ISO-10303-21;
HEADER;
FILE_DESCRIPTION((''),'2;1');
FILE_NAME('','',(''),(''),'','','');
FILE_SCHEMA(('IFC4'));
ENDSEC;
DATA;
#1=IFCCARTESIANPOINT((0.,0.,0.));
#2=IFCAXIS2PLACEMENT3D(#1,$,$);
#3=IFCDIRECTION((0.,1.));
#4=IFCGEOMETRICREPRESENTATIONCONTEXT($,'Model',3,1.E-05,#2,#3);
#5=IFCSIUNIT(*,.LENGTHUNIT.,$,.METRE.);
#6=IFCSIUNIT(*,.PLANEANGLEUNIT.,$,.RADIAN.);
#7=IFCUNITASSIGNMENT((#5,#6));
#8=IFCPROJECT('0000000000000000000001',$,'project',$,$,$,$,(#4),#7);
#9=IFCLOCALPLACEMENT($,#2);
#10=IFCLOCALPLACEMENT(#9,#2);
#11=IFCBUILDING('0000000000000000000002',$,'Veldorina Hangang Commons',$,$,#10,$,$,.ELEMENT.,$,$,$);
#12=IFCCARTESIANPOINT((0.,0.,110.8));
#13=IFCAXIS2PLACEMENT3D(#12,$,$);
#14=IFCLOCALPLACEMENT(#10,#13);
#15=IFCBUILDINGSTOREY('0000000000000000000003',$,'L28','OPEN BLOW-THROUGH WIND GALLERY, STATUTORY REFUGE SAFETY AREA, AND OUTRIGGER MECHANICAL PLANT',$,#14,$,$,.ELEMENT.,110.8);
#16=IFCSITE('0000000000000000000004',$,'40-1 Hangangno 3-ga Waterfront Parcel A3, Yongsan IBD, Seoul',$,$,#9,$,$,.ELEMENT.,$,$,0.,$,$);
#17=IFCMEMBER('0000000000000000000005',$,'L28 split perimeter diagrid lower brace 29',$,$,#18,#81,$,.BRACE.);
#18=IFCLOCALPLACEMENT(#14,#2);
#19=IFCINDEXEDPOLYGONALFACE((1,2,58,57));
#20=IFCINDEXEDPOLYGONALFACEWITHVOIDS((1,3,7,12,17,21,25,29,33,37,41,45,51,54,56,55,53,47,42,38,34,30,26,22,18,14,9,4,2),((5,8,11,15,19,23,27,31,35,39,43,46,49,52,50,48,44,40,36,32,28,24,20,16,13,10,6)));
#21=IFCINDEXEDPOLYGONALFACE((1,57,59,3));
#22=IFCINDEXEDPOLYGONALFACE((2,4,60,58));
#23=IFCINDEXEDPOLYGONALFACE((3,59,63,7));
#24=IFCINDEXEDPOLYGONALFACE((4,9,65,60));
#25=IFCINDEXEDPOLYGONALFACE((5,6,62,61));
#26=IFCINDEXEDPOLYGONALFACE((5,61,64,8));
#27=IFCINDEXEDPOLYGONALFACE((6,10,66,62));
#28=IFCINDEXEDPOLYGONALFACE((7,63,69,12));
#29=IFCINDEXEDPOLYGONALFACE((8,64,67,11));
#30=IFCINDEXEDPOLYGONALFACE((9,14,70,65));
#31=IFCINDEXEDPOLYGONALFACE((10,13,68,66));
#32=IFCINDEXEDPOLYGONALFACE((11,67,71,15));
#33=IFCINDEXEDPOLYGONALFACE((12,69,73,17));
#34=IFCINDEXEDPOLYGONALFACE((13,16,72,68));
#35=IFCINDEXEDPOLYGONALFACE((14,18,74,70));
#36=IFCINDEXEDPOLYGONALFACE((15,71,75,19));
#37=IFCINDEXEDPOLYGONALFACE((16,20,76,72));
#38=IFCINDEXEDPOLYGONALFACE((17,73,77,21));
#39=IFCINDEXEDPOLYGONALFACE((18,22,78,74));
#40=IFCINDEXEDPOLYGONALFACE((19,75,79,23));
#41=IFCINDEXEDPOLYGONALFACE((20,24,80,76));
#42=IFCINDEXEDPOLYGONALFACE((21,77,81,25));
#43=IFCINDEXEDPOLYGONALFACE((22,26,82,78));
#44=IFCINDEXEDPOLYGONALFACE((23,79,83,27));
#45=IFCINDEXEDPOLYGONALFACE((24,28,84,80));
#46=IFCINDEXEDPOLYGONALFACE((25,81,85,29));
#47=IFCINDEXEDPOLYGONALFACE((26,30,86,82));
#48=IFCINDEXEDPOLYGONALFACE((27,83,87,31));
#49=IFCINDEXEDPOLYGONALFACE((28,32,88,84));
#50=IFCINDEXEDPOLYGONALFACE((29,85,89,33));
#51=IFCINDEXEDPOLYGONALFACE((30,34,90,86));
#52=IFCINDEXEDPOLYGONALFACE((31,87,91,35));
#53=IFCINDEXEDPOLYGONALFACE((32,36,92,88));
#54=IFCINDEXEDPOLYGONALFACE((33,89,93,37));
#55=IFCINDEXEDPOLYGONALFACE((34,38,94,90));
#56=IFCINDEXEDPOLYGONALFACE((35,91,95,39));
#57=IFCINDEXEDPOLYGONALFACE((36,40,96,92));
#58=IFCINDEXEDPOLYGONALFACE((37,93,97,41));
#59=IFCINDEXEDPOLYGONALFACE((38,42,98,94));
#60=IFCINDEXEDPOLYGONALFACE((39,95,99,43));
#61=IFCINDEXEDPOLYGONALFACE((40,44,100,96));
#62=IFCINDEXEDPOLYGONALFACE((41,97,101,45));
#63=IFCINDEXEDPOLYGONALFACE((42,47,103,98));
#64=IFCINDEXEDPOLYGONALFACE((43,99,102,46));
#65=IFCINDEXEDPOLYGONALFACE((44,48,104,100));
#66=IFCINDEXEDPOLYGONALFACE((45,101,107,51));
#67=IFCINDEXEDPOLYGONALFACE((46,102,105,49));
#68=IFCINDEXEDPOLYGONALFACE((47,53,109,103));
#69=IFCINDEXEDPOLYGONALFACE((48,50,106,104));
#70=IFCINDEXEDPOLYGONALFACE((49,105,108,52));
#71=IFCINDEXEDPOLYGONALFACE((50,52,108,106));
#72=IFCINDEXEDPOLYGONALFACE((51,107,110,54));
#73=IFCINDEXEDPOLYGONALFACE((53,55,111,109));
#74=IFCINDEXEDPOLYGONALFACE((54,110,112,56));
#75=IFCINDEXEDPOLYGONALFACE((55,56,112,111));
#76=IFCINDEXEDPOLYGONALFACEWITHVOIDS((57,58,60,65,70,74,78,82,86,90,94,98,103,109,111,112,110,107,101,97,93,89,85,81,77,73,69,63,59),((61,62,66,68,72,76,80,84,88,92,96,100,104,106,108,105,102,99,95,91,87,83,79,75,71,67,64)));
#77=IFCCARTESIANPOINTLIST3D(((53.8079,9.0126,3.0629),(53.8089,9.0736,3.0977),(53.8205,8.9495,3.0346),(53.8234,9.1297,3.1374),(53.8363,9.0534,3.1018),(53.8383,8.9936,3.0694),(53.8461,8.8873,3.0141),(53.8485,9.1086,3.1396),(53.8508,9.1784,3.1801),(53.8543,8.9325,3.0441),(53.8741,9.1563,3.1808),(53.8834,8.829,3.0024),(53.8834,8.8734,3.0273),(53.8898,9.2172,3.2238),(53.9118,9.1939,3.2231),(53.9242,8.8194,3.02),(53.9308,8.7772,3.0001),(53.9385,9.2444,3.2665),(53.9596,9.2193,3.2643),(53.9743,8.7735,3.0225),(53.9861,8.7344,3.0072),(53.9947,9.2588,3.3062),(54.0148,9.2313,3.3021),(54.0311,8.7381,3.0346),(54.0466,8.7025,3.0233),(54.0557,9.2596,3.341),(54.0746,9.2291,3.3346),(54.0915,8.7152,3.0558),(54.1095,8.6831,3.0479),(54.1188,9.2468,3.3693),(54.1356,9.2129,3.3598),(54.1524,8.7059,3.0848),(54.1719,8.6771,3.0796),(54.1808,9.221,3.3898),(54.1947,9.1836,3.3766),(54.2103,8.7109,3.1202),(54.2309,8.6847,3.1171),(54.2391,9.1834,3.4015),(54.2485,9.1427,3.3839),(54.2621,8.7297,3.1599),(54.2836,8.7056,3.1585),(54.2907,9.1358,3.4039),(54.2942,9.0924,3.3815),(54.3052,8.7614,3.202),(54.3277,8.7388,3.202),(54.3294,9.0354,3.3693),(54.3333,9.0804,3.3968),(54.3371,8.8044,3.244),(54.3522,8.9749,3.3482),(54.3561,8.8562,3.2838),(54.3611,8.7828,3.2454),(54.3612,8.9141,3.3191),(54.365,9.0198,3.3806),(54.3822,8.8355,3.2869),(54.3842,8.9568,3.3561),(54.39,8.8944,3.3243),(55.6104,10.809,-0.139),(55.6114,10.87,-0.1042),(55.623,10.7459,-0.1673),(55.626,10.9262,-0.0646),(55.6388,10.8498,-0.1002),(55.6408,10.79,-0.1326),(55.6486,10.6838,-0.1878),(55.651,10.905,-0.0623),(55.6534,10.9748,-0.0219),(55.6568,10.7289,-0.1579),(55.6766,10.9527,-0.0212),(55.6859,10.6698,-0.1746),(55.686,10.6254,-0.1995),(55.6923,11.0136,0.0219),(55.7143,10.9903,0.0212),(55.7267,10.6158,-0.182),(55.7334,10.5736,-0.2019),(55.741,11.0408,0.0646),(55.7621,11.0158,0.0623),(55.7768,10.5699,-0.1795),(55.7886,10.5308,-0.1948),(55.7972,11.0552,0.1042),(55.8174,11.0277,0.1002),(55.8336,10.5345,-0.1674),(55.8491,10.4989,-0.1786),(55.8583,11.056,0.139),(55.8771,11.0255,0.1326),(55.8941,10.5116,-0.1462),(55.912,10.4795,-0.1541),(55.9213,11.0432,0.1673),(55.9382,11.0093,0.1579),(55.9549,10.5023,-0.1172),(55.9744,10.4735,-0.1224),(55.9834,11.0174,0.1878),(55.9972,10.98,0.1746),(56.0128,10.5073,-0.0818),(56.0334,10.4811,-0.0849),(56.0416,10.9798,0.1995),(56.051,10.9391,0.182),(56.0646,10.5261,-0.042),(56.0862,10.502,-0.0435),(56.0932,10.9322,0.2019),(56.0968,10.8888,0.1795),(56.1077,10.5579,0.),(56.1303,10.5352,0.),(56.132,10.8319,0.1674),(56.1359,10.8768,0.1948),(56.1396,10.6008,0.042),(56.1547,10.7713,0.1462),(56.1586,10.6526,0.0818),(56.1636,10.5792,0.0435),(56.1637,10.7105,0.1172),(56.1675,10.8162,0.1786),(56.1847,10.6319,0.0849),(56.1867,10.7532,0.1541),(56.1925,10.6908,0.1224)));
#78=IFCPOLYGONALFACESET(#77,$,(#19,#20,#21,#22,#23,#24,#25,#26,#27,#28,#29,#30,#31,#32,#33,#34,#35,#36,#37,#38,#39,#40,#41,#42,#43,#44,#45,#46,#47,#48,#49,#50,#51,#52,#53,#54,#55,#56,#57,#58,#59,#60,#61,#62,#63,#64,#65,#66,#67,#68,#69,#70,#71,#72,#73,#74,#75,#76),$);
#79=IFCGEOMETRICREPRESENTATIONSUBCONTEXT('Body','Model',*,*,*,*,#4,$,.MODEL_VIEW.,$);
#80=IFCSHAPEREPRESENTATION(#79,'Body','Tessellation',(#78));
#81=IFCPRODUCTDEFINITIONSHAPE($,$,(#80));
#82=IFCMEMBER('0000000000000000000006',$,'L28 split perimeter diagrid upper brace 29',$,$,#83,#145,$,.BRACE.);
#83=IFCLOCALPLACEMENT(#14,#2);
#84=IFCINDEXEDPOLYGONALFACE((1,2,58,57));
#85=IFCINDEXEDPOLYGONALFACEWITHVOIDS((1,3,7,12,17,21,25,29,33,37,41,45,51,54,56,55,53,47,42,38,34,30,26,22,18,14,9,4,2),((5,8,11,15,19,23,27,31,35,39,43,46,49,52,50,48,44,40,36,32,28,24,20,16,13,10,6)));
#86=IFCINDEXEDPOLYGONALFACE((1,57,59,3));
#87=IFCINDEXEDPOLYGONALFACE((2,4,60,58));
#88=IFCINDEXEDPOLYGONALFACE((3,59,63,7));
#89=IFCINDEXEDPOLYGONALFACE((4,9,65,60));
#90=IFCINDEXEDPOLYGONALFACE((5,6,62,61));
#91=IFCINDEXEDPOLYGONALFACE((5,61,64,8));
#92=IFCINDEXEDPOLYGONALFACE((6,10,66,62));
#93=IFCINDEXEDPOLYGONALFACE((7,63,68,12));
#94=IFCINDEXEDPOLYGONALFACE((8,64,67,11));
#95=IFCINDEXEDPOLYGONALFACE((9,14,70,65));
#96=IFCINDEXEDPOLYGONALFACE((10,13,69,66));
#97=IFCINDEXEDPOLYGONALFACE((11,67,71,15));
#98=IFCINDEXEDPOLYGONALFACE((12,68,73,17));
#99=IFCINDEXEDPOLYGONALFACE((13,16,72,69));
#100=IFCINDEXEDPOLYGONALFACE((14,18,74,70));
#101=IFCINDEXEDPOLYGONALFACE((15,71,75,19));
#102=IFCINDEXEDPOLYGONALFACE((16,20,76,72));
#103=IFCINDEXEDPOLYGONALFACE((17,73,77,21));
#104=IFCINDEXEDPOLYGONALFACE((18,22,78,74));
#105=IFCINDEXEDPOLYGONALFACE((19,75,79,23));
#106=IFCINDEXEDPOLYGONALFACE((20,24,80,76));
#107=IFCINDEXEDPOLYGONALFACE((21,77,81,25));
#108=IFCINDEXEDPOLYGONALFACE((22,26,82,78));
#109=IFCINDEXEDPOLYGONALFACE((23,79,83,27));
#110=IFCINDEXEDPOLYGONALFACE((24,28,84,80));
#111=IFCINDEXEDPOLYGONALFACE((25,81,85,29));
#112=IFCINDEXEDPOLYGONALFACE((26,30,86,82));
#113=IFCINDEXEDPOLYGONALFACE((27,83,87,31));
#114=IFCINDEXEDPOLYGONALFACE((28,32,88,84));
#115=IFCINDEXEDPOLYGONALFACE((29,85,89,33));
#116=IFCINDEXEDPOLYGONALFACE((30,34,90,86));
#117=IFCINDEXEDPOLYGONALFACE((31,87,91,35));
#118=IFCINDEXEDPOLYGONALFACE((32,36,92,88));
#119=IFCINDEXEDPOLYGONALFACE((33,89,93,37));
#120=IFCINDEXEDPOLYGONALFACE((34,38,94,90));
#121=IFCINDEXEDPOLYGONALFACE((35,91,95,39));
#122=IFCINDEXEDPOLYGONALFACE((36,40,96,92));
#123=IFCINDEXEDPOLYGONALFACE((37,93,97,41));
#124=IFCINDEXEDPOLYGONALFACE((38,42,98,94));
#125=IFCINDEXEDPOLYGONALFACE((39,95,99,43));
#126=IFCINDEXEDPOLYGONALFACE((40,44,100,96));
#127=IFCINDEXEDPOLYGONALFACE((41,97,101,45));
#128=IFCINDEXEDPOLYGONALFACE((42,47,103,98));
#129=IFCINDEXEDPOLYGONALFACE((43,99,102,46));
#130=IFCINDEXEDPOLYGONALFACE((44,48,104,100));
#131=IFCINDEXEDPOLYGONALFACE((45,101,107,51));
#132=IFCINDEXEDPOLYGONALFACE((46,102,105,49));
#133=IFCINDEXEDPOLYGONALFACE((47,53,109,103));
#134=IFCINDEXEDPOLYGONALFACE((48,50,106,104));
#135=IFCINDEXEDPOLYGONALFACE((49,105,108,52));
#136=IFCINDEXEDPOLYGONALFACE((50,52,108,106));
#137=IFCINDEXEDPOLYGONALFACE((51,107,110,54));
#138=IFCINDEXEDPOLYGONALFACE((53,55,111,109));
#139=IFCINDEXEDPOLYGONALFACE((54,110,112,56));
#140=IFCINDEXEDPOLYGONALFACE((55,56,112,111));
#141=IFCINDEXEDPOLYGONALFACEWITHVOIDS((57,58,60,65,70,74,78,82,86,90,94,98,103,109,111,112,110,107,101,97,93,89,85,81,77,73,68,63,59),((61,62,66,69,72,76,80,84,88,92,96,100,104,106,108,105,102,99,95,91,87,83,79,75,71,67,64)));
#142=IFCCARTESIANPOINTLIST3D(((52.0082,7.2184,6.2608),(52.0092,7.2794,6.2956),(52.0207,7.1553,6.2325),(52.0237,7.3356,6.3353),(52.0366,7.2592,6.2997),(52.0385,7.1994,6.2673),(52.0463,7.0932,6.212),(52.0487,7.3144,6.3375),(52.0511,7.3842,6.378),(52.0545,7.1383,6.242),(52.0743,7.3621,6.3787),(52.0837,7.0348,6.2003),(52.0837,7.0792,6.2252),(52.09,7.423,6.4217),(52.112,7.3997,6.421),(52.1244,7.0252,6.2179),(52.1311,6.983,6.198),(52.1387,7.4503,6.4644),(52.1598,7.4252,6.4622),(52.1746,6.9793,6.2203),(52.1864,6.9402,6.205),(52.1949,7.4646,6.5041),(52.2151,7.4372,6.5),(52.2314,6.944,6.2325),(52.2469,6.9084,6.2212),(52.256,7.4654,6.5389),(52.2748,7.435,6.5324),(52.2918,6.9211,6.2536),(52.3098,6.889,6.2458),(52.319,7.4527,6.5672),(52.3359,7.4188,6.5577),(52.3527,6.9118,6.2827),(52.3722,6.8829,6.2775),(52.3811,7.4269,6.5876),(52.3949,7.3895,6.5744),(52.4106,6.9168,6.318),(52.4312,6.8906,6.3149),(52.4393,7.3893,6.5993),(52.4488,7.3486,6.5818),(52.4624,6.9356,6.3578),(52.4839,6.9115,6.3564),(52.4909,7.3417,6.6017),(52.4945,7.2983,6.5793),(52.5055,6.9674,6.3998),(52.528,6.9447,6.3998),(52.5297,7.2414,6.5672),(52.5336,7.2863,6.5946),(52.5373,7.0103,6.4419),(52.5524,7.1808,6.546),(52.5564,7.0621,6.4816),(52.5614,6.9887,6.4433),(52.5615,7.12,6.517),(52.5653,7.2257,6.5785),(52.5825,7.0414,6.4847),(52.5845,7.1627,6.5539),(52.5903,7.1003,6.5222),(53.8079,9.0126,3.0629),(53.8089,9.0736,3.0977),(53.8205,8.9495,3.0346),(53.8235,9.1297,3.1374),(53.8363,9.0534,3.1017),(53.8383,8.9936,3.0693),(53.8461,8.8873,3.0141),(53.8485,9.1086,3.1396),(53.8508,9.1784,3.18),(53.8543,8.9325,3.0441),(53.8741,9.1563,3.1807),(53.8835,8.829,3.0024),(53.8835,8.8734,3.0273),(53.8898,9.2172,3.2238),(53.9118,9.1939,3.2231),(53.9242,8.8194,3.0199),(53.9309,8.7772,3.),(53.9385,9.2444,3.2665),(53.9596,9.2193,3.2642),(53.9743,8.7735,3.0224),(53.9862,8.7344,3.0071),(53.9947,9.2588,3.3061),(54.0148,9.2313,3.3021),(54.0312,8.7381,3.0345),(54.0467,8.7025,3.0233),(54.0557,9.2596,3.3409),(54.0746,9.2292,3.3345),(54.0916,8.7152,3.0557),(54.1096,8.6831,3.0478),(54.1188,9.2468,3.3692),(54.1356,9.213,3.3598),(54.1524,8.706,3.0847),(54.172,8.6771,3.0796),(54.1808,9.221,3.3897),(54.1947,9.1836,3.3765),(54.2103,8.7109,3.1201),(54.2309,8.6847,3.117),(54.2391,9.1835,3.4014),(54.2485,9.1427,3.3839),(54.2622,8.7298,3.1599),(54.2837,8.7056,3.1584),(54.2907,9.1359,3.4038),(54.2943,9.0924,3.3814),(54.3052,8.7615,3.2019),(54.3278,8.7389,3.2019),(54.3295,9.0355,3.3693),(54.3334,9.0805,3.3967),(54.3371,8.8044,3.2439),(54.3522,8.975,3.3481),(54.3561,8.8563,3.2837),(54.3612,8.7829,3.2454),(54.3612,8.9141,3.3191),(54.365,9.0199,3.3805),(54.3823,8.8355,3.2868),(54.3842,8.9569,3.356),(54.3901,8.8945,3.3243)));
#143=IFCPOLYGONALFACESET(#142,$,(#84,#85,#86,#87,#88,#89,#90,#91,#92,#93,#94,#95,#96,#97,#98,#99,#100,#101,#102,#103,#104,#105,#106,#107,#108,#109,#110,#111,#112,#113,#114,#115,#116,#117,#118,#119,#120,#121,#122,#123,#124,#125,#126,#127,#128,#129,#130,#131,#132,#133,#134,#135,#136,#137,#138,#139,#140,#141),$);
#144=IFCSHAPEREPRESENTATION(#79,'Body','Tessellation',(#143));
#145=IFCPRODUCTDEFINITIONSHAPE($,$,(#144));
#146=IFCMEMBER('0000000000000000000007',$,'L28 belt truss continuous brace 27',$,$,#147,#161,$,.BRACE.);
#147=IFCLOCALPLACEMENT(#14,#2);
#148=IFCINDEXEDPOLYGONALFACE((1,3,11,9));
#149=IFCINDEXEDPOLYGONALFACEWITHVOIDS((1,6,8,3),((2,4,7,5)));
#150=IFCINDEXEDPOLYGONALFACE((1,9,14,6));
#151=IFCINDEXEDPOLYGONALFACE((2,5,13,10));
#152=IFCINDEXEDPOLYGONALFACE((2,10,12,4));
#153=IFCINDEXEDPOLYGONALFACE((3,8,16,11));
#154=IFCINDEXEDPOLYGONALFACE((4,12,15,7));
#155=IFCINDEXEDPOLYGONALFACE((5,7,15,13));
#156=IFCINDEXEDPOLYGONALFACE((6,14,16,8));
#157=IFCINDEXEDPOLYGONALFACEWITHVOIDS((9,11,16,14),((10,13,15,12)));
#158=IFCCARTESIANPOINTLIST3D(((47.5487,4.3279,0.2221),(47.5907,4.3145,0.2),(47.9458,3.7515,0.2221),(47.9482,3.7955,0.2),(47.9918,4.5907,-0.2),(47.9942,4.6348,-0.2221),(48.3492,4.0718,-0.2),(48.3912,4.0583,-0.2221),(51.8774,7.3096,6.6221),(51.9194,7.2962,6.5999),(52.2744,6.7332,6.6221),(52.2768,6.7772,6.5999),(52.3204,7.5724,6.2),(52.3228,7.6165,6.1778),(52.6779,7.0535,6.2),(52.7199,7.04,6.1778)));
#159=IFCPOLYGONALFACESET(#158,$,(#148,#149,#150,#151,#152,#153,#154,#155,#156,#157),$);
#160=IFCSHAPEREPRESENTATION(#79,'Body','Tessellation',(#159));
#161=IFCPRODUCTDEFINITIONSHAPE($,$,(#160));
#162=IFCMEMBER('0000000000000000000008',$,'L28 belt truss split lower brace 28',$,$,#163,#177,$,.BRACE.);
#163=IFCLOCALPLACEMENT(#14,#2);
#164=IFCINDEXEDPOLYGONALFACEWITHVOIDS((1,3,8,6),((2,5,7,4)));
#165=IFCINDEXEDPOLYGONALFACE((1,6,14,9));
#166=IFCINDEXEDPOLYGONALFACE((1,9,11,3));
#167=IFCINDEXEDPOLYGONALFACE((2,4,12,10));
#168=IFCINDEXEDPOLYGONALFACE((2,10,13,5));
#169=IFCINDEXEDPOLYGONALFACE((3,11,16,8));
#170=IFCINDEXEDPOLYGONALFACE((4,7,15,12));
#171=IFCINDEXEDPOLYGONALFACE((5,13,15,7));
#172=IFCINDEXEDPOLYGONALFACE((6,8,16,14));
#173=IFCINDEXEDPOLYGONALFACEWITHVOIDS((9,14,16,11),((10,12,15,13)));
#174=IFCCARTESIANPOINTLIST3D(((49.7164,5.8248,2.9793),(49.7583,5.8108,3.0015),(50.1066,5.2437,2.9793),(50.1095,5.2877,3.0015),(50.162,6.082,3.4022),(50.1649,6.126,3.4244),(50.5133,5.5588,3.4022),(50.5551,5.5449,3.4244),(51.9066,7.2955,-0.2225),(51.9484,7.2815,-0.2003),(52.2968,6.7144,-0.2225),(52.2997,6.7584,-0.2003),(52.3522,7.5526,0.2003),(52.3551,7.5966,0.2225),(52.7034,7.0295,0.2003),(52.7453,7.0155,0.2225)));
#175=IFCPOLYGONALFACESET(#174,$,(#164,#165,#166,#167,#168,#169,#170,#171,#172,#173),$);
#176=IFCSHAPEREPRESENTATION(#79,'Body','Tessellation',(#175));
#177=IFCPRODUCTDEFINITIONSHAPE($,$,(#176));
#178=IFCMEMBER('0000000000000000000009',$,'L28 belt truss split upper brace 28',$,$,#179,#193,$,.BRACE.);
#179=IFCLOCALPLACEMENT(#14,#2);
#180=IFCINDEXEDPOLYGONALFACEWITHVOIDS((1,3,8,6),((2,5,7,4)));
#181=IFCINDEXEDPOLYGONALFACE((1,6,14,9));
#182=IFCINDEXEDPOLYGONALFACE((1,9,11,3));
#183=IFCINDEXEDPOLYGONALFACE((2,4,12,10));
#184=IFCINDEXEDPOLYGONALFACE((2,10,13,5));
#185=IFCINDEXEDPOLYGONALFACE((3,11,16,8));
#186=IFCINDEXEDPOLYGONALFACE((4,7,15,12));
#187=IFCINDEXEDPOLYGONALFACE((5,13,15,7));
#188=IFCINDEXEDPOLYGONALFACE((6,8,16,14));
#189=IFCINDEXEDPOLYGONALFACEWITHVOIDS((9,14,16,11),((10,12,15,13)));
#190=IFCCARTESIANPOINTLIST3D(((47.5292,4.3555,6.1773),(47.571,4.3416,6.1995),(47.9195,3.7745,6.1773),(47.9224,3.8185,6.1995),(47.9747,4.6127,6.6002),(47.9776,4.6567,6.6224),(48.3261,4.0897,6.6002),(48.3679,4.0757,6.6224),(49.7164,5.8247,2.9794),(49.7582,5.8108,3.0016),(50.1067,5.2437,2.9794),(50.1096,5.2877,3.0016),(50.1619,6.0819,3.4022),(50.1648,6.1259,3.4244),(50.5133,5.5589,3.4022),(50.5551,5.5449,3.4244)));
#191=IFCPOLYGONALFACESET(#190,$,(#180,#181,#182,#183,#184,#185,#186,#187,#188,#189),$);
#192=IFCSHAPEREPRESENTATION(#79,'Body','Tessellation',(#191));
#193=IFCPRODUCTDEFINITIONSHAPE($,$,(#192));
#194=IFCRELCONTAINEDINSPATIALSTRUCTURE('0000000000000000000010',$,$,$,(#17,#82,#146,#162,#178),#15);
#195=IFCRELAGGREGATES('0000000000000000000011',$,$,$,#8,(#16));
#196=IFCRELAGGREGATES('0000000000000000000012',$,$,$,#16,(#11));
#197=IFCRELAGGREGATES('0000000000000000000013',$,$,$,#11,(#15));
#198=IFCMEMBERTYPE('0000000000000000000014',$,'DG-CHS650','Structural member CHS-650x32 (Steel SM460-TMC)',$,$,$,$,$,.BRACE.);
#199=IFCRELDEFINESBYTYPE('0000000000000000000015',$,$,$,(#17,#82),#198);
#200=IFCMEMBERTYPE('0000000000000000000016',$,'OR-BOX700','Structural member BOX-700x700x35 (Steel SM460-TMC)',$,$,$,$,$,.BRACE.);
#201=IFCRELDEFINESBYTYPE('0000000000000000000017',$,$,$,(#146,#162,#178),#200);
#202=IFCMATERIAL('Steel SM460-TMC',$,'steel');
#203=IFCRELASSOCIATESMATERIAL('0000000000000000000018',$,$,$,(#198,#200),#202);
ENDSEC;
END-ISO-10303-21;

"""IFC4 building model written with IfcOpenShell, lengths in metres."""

from ifc_helpers import new_model, si_unit, direction, frame, origin, origin_2d, place, context, subcontext, project, spatial, hollow_rectangle, hollow_circle, extrude, material, material_profile, profile_set, type_object, element, save


model = new_model("IFC4")

# Units and contexts
model_context = context("Model", 3, precision=1e-05, world=origin(), true_north=direction((0.0, 1.0)))
body_context = subcontext(model_context, "Body", "Model", "MODEL_VIEW")
ifc_project = project(units=[si_unit("LENGTHUNIT", "METRE"), si_unit("PLANEANGLEUNIT", "RADIAN")], contexts=[model_context])

# Site, building, storey
site_placement = place(None, origin())
site = spatial("IfcSite", under=ifc_project, at=site_placement, Name="40-1 Hangangno 3-ga Waterfront Parcel A3, Yongsan IBD, Seoul", CompositionType="ELEMENT", RefElevation=0.0)
building_placement = place(site_placement, origin())
building = spatial("IfcBuilding", under=site, at=building_placement, Name="Veldorina Hangang Commons", CompositionType="ELEMENT")
storey_placement = place(building_placement, frame((0.0, 0.0, 110.8)))
storey = spatial("IfcBuildingStorey", under=building, at=storey_placement, Name="L28", Description="OPEN BLOW-THROUGH WIND GALLERY, STATUTORY REFUGE SAFETY AREA, AND OUTRIGGER MECHANICAL PLANT", CompositionType="ELEMENT", Elevation=110.8)

# Shared definitions
ifc_material_1 = material(Name="Steel SM460-TMC", Category="steel")

# Members
ifc_material_profile_1 = material_profile(ifc_material_1, hollow_circle(Radius=0.325, WallThickness=0.032, at=origin_2d()), Name="CHS-650x32")
ifc_profile_set_1 = profile_set([ifc_material_profile_1], Name="Steel SM460-TMC")
member_type_1 = type_object("IfcMemberType", Name="DG-CHS650", Description="Structural member CHS-650x32 (Steel SM460-TMC)", PredefinedType="BRACE", material=ifc_profile_set_1)
member_1_placement = place(storey_placement, frame((55.9009, 10.7654, 0.0), z_axis=(-0.440706, -0.439213, 0.78286), x_axis=(0.705907, -0.708305, 0.0)))
element("IfcMember", 1, at=member_1_placement, inside=storey, type_object=member_type_1, Name="L28 split perimeter diagrid lower brace 29", PredefinedType="BRACE", context=body_context, shape_type="SweptSolid", body=[
    extrude(hollow_circle(Radius=0.325, WallThickness=0.032, at=origin_2d()), origin(), (0.0, 0.0, 1.0), 4.0901),
])
member_2_placement = place(storey_placement, frame((54.0984, 8.969, 3.2019), z_axis=(-0.44061, -0.439235, 0.782902), x_axis=(0.706001, -0.708211, 0.0)))
element("IfcMember", 2, at=member_2_placement, inside=storey, type_object=member_type_1, Name="L28 split perimeter diagrid upper brace 29", PredefinedType="BRACE", context=body_context, shape_type="SweptSolid", body=[
    extrude(hollow_circle(Radius=0.325, WallThickness=0.032, at=origin_2d()), origin(), (0.0, 0.0, 1.0), 4.0847),
])
ifc_material_profile_2 = material_profile(ifc_material_1, hollow_rectangle(XDim=0.7, YDim=0.7, WallThickness=0.0349, at=origin_2d()), Name="BOX-700x700x35")
ifc_profile_set_2 = profile_set([ifc_material_profile_2], Name="Steel SM460-TMC")
member_type_2 = type_object("IfcMemberType", Name="OR-BOX700", Description="Structural member BOX-700x700x35 (Steel SM460-TMC)", PredefinedType="BRACE", material=ifc_profile_set_2)
member_3_placement = place(storey_placement, frame((47.97, 4.1931, 0.0), z_axis=(0.522674, 0.360035, 0.772779), x_axis=(-0.567274, 0.823529, 0.0)))
element("IfcMember", 3, at=member_3_placement, inside=storey, type_object=member_type_2, Name="L28 belt truss continuous brace 27", PredefinedType="BRACE", context=body_context, shape_type="SweptSolid", body=[
    extrude(hollow_rectangle(XDim=0.7, YDim=0.7, WallThickness=0.0349, at=origin_2d()), origin(), (0.0, 0.0, 1.0), 8.2817),
])
member_4_placement = place(storey_placement, frame((52.3259, 7.1555, 0.0), z_axis=(-0.527915, -0.354494, 0.771777), x_axis=(0.557473, -0.830195, 0.0)))
element("IfcMember", 4, at=member_4_placement, inside=storey, type_object=member_type_2, Name="L28 belt truss split lower brace 28", PredefinedType="BRACE", context=body_context, shape_type="SweptSolid", body=[
    extrude(hollow_rectangle(XDim=0.7, YDim=0.7, WallThickness=0.0349, at=origin_2d()), origin(), (0.0, 0.0, 1.0), 4.1487),
])
member_5_placement = place(storey_placement, frame((50.1357, 5.6848, 3.2019), z_axis=(-0.527856, -0.354575, 0.77178), x_axis=(0.557605, -0.830107, 0.0)))
element("IfcMember", 5, at=member_5_placement, inside=storey, type_object=member_type_2, Name="L28 belt truss split upper brace 28", PredefinedType="BRACE", context=body_context, shape_type="SweptSolid", body=[
    extrude(hollow_rectangle(XDim=0.7, YDim=0.7, WallThickness=0.0349, at=origin_2d()), origin(), (0.0, 0.0, 1.0), 4.1436),
])

save(model, "model.ifc")
